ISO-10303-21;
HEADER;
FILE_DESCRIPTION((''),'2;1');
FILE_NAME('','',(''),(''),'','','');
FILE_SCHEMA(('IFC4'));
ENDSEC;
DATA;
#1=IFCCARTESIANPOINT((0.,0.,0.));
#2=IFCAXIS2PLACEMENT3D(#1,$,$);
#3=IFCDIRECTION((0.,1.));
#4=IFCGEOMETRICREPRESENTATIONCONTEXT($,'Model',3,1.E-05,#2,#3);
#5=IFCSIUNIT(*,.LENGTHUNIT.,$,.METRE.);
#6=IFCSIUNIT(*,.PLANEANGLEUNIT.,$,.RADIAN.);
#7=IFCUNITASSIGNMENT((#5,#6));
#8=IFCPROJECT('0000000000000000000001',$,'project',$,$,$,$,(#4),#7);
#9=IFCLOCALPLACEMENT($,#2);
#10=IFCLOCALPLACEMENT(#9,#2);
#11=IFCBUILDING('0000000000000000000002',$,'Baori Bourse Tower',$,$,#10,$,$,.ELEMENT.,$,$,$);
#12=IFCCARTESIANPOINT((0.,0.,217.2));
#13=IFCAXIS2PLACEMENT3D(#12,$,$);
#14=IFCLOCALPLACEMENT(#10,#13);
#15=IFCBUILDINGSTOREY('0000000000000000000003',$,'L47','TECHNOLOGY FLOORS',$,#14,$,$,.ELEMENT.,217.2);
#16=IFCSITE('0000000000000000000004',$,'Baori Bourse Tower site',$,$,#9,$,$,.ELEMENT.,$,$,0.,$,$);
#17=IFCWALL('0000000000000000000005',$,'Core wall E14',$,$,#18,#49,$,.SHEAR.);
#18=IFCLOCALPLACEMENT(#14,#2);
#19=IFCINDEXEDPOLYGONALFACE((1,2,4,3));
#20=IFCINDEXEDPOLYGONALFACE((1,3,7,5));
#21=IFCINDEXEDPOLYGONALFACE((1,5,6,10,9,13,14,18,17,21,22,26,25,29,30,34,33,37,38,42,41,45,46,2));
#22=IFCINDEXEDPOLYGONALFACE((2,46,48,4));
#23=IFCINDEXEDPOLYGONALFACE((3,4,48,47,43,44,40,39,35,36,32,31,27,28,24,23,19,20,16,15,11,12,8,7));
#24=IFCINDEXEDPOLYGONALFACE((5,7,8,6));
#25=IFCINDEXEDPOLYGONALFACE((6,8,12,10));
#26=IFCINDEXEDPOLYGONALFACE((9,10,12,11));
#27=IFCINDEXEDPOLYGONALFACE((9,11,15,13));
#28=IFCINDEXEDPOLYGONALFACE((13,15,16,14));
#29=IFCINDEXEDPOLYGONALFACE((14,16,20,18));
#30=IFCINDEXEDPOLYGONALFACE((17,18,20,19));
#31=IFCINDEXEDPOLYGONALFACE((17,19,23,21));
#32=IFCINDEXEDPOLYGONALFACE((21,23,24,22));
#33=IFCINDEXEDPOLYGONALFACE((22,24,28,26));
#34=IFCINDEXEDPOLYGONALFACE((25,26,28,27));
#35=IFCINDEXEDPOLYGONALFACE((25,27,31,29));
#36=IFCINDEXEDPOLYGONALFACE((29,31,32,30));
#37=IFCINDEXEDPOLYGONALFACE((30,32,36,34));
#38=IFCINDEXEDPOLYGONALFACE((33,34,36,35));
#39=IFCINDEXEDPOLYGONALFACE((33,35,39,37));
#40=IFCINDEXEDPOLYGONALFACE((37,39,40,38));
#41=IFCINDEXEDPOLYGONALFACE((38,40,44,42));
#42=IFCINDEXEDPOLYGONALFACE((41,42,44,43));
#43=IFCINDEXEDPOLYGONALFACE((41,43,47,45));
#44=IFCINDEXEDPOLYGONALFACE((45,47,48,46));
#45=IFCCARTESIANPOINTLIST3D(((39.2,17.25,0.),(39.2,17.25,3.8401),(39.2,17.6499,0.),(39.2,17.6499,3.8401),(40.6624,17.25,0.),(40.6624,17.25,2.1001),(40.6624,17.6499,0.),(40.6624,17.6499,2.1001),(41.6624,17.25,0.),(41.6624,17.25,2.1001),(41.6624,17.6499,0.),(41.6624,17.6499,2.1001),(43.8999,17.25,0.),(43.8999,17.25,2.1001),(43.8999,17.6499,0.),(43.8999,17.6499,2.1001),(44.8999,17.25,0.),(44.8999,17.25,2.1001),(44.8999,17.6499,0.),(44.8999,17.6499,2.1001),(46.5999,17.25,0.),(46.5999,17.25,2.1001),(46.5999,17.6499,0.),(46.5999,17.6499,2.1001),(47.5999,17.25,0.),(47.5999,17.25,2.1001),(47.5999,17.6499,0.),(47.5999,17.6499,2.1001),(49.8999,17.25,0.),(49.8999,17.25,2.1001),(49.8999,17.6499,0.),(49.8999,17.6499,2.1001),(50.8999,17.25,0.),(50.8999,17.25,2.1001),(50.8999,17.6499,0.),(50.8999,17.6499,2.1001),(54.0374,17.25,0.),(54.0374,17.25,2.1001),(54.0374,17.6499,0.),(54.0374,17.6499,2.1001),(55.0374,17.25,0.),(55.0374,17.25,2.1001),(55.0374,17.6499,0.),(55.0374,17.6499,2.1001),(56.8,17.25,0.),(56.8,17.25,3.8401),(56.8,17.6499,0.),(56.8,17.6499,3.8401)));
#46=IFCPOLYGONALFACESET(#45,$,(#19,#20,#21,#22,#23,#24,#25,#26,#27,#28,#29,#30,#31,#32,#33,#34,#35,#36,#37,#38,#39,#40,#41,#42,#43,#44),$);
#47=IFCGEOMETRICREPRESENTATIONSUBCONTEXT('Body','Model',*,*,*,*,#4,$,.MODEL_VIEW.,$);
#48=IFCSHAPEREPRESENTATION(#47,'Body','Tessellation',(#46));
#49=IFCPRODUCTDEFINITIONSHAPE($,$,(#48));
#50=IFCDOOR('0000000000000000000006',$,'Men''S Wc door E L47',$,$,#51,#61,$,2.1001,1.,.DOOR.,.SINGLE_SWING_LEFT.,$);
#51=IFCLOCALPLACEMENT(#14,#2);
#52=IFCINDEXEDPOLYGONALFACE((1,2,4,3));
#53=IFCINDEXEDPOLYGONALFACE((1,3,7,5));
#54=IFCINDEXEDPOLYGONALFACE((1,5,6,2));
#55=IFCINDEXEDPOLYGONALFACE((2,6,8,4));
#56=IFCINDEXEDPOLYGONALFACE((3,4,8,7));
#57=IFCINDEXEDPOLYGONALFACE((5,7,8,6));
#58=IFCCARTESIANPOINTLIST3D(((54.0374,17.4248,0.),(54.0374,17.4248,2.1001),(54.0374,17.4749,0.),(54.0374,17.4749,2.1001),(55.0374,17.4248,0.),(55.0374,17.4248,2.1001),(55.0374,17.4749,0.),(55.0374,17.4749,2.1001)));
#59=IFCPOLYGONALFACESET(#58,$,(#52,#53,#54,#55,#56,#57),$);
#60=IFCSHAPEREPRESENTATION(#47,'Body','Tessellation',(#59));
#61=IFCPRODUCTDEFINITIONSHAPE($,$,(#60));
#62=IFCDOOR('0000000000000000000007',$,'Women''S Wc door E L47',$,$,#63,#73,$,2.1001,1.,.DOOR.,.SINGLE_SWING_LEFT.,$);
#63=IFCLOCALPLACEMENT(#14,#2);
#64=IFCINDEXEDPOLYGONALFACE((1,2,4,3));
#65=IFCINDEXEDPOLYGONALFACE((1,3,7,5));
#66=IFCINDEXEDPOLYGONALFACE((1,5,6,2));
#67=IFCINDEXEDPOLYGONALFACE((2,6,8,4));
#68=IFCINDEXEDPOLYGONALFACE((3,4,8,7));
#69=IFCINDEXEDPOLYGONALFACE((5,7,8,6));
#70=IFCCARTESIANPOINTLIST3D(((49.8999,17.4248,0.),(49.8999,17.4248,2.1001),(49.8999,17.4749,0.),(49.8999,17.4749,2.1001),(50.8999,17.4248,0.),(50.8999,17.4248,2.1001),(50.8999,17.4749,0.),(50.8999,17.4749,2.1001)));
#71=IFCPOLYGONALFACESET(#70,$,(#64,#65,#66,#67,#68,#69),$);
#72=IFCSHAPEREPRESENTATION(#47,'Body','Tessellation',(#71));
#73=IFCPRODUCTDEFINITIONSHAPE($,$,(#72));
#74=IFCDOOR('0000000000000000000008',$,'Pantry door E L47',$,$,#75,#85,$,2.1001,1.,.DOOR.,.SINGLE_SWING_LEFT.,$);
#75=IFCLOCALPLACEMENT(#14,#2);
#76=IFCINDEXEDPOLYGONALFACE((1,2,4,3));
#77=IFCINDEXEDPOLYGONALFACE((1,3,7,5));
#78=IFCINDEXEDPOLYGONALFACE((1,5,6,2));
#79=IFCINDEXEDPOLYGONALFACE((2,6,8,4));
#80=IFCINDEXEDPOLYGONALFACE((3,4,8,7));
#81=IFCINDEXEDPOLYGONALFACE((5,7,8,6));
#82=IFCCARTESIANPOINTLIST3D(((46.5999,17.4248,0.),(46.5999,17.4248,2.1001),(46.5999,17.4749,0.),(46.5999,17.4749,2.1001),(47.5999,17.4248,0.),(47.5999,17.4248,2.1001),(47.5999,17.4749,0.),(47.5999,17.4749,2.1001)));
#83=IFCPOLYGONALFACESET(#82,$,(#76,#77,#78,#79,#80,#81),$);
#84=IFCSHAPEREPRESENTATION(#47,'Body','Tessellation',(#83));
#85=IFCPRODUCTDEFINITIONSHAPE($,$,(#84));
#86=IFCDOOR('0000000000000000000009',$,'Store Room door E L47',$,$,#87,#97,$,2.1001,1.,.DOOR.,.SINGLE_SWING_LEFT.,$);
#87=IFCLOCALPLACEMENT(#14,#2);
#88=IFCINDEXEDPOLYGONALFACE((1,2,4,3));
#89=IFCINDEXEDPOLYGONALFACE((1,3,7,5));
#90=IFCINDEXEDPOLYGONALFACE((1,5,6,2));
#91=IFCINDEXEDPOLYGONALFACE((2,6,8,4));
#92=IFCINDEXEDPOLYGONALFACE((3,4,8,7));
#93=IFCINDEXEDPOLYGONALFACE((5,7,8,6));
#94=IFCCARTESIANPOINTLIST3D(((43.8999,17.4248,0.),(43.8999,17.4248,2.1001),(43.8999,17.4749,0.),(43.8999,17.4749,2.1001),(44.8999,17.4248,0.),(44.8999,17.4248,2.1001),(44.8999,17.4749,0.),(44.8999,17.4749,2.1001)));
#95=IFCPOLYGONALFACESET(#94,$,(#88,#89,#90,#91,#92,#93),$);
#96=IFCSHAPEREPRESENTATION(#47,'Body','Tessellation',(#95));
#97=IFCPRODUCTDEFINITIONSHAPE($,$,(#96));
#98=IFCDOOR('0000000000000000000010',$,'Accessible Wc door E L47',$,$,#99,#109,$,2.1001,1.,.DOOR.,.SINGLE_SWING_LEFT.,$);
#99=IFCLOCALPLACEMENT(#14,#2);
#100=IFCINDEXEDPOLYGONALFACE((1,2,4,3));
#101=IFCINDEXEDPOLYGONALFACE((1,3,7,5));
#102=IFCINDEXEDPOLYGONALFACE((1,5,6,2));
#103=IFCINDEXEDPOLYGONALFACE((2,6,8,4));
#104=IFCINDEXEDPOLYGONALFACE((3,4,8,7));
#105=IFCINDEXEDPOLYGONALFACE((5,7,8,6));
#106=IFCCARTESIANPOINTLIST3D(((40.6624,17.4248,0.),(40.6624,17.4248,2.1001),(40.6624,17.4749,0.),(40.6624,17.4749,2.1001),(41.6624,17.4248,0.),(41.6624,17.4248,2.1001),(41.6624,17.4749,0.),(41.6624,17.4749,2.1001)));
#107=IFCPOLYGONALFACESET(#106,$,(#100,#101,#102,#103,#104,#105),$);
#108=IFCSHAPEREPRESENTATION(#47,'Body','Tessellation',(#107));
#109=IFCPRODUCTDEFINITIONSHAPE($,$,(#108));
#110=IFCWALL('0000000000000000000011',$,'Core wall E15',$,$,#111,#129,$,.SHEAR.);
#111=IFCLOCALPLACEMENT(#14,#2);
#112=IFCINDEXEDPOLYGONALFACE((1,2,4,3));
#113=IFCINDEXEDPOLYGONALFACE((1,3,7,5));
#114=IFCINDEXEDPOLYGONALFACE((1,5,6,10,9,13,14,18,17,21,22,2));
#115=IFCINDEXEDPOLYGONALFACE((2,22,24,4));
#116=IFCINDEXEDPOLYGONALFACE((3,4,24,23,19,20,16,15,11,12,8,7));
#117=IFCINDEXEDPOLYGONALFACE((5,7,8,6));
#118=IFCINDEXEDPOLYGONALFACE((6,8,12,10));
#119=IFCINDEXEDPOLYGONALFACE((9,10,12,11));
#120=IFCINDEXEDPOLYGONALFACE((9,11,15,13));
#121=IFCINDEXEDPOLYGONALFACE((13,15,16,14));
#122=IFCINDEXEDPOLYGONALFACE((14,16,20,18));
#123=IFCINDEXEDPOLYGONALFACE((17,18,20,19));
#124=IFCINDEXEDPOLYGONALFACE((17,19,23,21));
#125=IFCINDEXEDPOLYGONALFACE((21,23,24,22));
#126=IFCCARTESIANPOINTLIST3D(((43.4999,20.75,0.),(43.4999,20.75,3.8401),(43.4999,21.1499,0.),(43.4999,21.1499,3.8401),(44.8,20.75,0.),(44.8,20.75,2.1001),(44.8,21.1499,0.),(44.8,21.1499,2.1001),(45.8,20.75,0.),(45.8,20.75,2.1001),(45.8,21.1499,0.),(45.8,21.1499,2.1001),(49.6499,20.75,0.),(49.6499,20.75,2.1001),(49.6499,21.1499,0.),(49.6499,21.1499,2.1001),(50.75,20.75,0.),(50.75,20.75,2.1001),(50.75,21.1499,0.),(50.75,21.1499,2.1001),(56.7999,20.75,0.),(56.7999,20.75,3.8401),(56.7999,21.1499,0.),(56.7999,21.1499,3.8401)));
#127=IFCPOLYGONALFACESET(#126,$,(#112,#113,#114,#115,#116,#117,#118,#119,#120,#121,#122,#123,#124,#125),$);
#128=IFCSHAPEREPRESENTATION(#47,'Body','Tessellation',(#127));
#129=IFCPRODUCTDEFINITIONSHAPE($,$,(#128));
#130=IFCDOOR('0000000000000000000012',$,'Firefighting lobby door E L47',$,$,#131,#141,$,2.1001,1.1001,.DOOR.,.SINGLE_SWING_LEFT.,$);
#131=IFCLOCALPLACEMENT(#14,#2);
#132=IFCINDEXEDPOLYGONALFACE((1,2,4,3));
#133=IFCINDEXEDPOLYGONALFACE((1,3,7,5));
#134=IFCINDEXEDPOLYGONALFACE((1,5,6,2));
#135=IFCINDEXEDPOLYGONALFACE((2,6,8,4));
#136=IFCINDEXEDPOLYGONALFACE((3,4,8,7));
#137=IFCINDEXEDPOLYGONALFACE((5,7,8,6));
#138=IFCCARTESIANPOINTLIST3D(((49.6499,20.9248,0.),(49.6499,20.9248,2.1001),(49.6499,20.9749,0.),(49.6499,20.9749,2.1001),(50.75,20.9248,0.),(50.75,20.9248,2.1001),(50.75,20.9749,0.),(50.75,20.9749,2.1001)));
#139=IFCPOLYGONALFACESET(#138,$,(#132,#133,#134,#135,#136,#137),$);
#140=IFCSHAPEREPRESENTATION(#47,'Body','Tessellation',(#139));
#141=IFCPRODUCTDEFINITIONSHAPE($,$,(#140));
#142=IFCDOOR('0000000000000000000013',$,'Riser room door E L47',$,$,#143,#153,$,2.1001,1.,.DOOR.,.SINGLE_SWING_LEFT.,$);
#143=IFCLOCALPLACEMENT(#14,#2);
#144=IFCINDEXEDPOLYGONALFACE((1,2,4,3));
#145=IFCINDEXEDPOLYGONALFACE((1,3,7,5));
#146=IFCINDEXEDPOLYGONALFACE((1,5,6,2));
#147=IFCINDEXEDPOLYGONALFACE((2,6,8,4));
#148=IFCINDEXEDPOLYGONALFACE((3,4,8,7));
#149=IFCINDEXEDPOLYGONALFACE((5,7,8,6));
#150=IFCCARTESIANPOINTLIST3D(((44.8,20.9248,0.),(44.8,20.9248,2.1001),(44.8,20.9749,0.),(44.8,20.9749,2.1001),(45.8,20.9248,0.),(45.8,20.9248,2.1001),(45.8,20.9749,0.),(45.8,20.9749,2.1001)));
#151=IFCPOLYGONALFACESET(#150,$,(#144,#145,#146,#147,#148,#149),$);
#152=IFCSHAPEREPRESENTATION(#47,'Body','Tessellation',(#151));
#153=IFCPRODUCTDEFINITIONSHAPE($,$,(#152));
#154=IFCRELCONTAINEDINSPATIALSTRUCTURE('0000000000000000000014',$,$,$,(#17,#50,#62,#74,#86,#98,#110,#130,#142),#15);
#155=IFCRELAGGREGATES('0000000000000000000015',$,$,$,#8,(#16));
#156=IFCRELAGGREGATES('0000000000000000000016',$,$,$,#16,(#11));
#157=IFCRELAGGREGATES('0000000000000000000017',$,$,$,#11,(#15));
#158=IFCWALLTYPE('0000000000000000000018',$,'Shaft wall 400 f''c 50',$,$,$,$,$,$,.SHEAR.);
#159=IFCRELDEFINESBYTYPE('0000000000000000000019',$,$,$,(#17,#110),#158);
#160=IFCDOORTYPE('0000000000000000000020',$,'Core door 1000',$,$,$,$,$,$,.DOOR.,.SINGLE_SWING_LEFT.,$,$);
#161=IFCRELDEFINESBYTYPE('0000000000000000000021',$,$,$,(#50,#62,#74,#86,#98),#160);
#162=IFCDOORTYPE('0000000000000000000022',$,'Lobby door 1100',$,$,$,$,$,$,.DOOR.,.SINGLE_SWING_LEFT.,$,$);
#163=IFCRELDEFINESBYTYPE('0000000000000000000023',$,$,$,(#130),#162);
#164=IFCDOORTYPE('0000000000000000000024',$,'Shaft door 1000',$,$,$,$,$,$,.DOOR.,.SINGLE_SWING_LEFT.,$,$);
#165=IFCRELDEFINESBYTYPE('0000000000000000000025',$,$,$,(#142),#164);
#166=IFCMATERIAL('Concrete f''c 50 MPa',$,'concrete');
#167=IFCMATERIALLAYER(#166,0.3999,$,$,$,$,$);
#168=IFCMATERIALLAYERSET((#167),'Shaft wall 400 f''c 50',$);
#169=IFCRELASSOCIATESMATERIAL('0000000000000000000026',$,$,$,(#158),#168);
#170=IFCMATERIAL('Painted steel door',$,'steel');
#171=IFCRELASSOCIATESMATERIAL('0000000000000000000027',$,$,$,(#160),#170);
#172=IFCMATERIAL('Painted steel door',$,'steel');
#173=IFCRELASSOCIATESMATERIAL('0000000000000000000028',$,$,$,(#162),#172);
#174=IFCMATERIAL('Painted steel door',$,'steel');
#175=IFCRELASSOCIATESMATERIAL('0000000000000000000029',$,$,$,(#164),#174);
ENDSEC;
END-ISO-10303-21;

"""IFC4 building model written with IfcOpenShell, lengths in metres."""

from ifc_helpers import new_model, si_unit, direction, frame, frame_2d, origin, place, context, subcontext, project, spatial, rectangle, extrude, material, layer, layer_set, type_object, element, fill, save


model = new_model("IFC4")

# Units and contexts
model_context = context("Model", 3, precision=1e-05, world=origin(), true_north=direction((0.0, 1.0)))
body_context = subcontext(model_context, "Body", "Model", "MODEL_VIEW")
ifc_project = project(units=[si_unit("LENGTHUNIT", "METRE"), si_unit("PLANEANGLEUNIT", "RADIAN")], contexts=[model_context])

# Site, building, storey
site_placement = place(None, origin())
site = spatial("IfcSite", under=ifc_project, at=site_placement, Name="Baori Bourse Tower site", CompositionType="ELEMENT", RefElevation=0.0)
building_placement = place(site_placement, origin())
building = spatial("IfcBuilding", under=site, at=building_placement, Name="Baori Bourse Tower", CompositionType="ELEMENT")
storey_placement = place(building_placement, frame((0.0, 0.0, 217.2)))
storey = spatial("IfcBuildingStorey", under=building, at=storey_placement, Name="L47", Description="TECHNOLOGY FLOORS", CompositionType="ELEMENT", Elevation=217.2)

# Shared definitions
ifc_material_1 = material(Name="Concrete f'c 50 MPa", Category="concrete")
ifc_layer_1 = layer(ifc_material_1, 0.3999)
ifc_layer_set_1 = layer_set([ifc_layer_1], Name="Shaft wall 400 f'c 50")
wall_type_1 = type_object("IfcWallType", Name="Shaft wall 400 f'c 50", PredefinedType="SHEAR", material=ifc_layer_set_1)

# Walls, openings, doors
wall_1_placement = place(storey_placement, frame((39.2, 17.45, 0.0), z_axis=(0.0, 0.0, 1.0), x_axis=(1.0, 0.0, 0.0)))
wall_1 = element("IfcWall", 1, at=wall_1_placement, inside=storey, type_object=wall_type_1, Name="Core wall E14", PredefinedType="SHEAR", context=body_context, shape_type="SweptSolid", body=[
    extrude(rectangle(XDim=17.6001, YDim=0.3999, at=frame_2d((8.8, 0.0))), origin(), (0.0, 0.0, 1.0), 3.8401),
])
opening_1_placement = place(wall_1_placement, frame((14.8374, 0.0, 0.0)))
opening_1 = element("IfcOpeningElement", 2, at=opening_1_placement, cuts=wall_1, PredefinedType="OPENING", context=body_context, shape_type="SweptSolid", body=[
    extrude(rectangle(XDim=1.0, YDim=2.1001, at=frame_2d((0.5, 1.05))), frame((0.0, 0.21, 0.0), z_axis=(0.0, -1.0, 0.0), x_axis=(1.0, 0.0, 0.0)), (0.0, 0.0, 1.0), 0.4199),
])
opening_2_placement = place(wall_1_placement, frame((10.7, 0.0, 0.0)))
opening_2 = element("IfcOpeningElement", 3, at=opening_2_placement, cuts=wall_1, PredefinedType="OPENING", context=body_context, shape_type="SweptSolid", body=[
    extrude(rectangle(XDim=1.0, YDim=2.1001, at=frame_2d((0.5, 1.05))), frame((0.0, 0.21, 0.0), z_axis=(0.0, -1.0, 0.0), x_axis=(1.0, 0.0, 0.0)), (0.0, 0.0, 1.0), 0.4199),
])
opening_3_placement = place(wall_1_placement, frame((7.3999, 0.0, 0.0)))
opening_3 = element("IfcOpeningElement", 4, at=opening_3_placement, cuts=wall_1, PredefinedType="OPENING", context=body_context, shape_type="SweptSolid", body=[
    extrude(rectangle(XDim=1.0, YDim=2.1001, at=frame_2d((0.5, 1.05))), frame((0.0, 0.21, 0.0), z_axis=(0.0, -1.0, 0.0), x_axis=(1.0, 0.0, 0.0)), (0.0, 0.0, 1.0), 0.4199),
])
opening_4_placement = place(wall_1_placement, frame((4.7, 0.0, 0.0)))
opening_4 = element("IfcOpeningElement", 5, at=opening_4_placement, cuts=wall_1, PredefinedType="OPENING", context=body_context, shape_type="SweptSolid", body=[
    extrude(rectangle(XDim=1.0, YDim=2.1001, at=frame_2d((0.5, 1.05))), frame((0.0, 0.21, 0.0), z_axis=(0.0, -1.0, 0.0), x_axis=(1.0, 0.0, 0.0)), (0.0, 0.0, 1.0), 0.4199),
])
opening_5_placement = place(wall_1_placement, frame((1.4624, 0.0, 0.0)))
opening_5 = element("IfcOpeningElement", 6, at=opening_5_placement, cuts=wall_1, PredefinedType="OPENING", context=body_context, shape_type="SweptSolid", body=[
    extrude(rectangle(XDim=1.0, YDim=2.1001, at=frame_2d((0.5, 1.05))), frame((0.0, 0.21, 0.0), z_axis=(0.0, -1.0, 0.0), x_axis=(1.0, 0.0, 0.0)), (0.0, 0.0, 1.0), 0.4199),
])
ifc_material_2 = material(Name="Painted steel door", Category="steel")
door_type_1 = type_object("IfcDoorType", Name="Core door 1000", OperationType="SINGLE_SWING_LEFT", PredefinedType="DOOR", material=ifc_material_2)
door_1_placement = place(opening_1_placement, origin())
door_1 = element("IfcDoor", 7, at=door_1_placement, inside=storey, type_object=door_type_1, Name="Men'S Wc door E L47", OperationType="SINGLE_SWING_LEFT", OverallHeight=2.1001, OverallWidth=1.0, PredefinedType="DOOR", context=body_context, shape_type="SweptSolid", body=[
    extrude(rectangle(XDim=1.0, YDim=2.1001, at=frame_2d((0.5, 1.05))), frame((0.0, 0.0249, 0.0), z_axis=(0.0, -1.0, 0.0), x_axis=(1.0, 0.0, 0.0)), (0.0, 0.0, 1.0), 0.05),
])
fill(opening_1, door_1)
door_2_placement = place(opening_2_placement, origin())
door_2 = element("IfcDoor", 8, at=door_2_placement, inside=storey, type_object=door_type_1, Name="Women'S Wc door E L47", OperationType="SINGLE_SWING_LEFT", OverallHeight=2.1001, OverallWidth=1.0, PredefinedType="DOOR", context=body_context, shape_type="SweptSolid", body=[
    extrude(rectangle(XDim=1.0, YDim=2.1001, at=frame_2d((0.5, 1.05))), frame((0.0, 0.0249, 0.0), z_axis=(0.0, -1.0, 0.0), x_axis=(1.0, 0.0, 0.0)), (0.0, 0.0, 1.0), 0.05),
])
fill(opening_2, door_2)
door_3_placement = place(opening_3_placement, origin())
door_3 = element("IfcDoor", 9, at=door_3_placement, inside=storey, type_object=door_type_1, Name="Pantry door E L47", OperationType="SINGLE_SWING_LEFT", OverallHeight=2.1001, OverallWidth=1.0, PredefinedType="DOOR", context=body_context, shape_type="SweptSolid", body=[
    extrude(rectangle(XDim=1.0, YDim=2.1001, at=frame_2d((0.5, 1.05))), frame((0.0, 0.0249, 0.0), z_axis=(0.0, -1.0, 0.0), x_axis=(1.0, 0.0, 0.0)), (0.0, 0.0, 1.0), 0.05),
])
fill(opening_3, door_3)
door_4_placement = place(opening_4_placement, origin())
door_4 = element("IfcDoor", 10, at=door_4_placement, inside=storey, type_object=door_type_1, Name="Store Room door E L47", OperationType="SINGLE_SWING_LEFT", OverallHeight=2.1001, OverallWidth=1.0, PredefinedType="DOOR", context=body_context, shape_type="SweptSolid", body=[
    extrude(rectangle(XDim=1.0, YDim=2.1001, at=frame_2d((0.5, 1.05))), frame((0.0, 0.0249, 0.0), z_axis=(0.0, -1.0, 0.0), x_axis=(1.0, 0.0, 0.0)), (0.0, 0.0, 1.0), 0.05),
])
fill(opening_4, door_4)
door_5_placement = place(opening_5_placement, origin())
door_5 = element("IfcDoor", 11, at=door_5_placement, inside=storey, type_object=door_type_1, Name="Accessible Wc door E L47", OperationType="SINGLE_SWING_LEFT", OverallHeight=2.1001, OverallWidth=1.0, PredefinedType="DOOR", context=body_context, shape_type="SweptSolid", body=[
    extrude(rectangle(XDim=1.0, YDim=2.1001, at=frame_2d((0.5, 1.05))), frame((0.0, 0.0249, 0.0), z_axis=(0.0, -1.0, 0.0), x_axis=(1.0, 0.0, 0.0)), (0.0, 0.0, 1.0), 0.05),
])
fill(opening_5, door_5)
wall_2_placement = place(storey_placement, frame((43.5, 20.95, 0.0), z_axis=(0.0, 0.0, 1.0), x_axis=(1.0, 0.0, 0.0)))
wall_2 = element("IfcWall", 12, at=wall_2_placement, inside=storey, type_object=wall_type_1, Name="Core wall E15", PredefinedType="SHEAR", context=body_context, shape_type="SweptSolid", body=[
    extrude(rectangle(XDim=13.3, YDim=0.3999, at=frame_2d((6.6499, 0.0))), origin(), (0.0, 0.0, 1.0), 3.8401),
])
opening_6_placement = place(wall_2_placement, frame((6.1499, 0.0, 0.0)))
opening_6 = element("IfcOpeningElement", 13, at=opening_6_placement, cuts=wall_2, PredefinedType="OPENING", context=body_context, shape_type="SweptSolid", body=[
    extrude(rectangle(XDim=1.1001, YDim=2.1001, at=frame_2d((0.55, 1.05))), frame((0.0, 0.21, 0.0), z_axis=(0.0, -1.0, 0.0), x_axis=(1.0, 0.0, 0.0)), (0.0, 0.0, 1.0), 0.4199),
])
opening_7_placement = place(wall_2_placement, frame((1.3, 0.0, 0.0)))
opening_7 = element("IfcOpeningElement", 14, at=opening_7_placement, cuts=wall_2, PredefinedType="OPENING", context=body_context, shape_type="SweptSolid", body=[
    extrude(rectangle(XDim=1.0, YDim=2.1001, at=frame_2d((0.5, 1.05))), frame((0.0, 0.21, 0.0), z_axis=(0.0, -1.0, 0.0), x_axis=(1.0, 0.0, 0.0)), (0.0, 0.0, 1.0), 0.4199),
])
ifc_material_3 = material(Name="Painted steel door", Category="steel")
door_type_2 = type_object("IfcDoorType", Name="Lobby door 1100", OperationType="SINGLE_SWING_LEFT", PredefinedType="DOOR", material=ifc_material_3)
door_6_placement = place(opening_6_placement, origin())
door_6 = element("IfcDoor", 15, at=door_6_placement, inside=storey, type_object=door_type_2, Name="Firefighting lobby door E L47", OperationType="SINGLE_SWING_LEFT", OverallHeight=2.1001, OverallWidth=1.1001, PredefinedType="DOOR", context=body_context, shape_type="SweptSolid", body=[
    extrude(rectangle(XDim=1.1001, YDim=2.1001, at=frame_2d((0.55, 1.05))), frame((0.0, 0.0249, 0.0), z_axis=(0.0, -1.0, 0.0), x_axis=(1.0, 0.0, 0.0)), (0.0, 0.0, 1.0), 0.05),
])
fill(opening_6, door_6)
ifc_material_4 = material(Name="Painted steel door", Category="steel")
door_type_3 = type_object("IfcDoorType", Name="Shaft door 1000", OperationType="SINGLE_SWING_LEFT", PredefinedType="DOOR", material=ifc_material_4)
door_7_placement = place(opening_7_placement, origin())
door_7 = element("IfcDoor", 16, at=door_7_placement, inside=storey, type_object=door_type_3, Name="Riser room door E L47", OperationType="SINGLE_SWING_LEFT", OverallHeight=2.1001, OverallWidth=1.0, PredefinedType="DOOR", context=body_context, shape_type="SweptSolid", body=[
    extrude(rectangle(XDim=1.0, YDim=2.1001, at=frame_2d((0.5, 1.05))), frame((0.0, 0.0249, 0.0), z_axis=(0.0, -1.0, 0.0), x_axis=(1.0, 0.0, 0.0)), (0.0, 0.0, 1.0), 0.05),
])
fill(opening_7, door_7)

save(model, "model.ifc")
